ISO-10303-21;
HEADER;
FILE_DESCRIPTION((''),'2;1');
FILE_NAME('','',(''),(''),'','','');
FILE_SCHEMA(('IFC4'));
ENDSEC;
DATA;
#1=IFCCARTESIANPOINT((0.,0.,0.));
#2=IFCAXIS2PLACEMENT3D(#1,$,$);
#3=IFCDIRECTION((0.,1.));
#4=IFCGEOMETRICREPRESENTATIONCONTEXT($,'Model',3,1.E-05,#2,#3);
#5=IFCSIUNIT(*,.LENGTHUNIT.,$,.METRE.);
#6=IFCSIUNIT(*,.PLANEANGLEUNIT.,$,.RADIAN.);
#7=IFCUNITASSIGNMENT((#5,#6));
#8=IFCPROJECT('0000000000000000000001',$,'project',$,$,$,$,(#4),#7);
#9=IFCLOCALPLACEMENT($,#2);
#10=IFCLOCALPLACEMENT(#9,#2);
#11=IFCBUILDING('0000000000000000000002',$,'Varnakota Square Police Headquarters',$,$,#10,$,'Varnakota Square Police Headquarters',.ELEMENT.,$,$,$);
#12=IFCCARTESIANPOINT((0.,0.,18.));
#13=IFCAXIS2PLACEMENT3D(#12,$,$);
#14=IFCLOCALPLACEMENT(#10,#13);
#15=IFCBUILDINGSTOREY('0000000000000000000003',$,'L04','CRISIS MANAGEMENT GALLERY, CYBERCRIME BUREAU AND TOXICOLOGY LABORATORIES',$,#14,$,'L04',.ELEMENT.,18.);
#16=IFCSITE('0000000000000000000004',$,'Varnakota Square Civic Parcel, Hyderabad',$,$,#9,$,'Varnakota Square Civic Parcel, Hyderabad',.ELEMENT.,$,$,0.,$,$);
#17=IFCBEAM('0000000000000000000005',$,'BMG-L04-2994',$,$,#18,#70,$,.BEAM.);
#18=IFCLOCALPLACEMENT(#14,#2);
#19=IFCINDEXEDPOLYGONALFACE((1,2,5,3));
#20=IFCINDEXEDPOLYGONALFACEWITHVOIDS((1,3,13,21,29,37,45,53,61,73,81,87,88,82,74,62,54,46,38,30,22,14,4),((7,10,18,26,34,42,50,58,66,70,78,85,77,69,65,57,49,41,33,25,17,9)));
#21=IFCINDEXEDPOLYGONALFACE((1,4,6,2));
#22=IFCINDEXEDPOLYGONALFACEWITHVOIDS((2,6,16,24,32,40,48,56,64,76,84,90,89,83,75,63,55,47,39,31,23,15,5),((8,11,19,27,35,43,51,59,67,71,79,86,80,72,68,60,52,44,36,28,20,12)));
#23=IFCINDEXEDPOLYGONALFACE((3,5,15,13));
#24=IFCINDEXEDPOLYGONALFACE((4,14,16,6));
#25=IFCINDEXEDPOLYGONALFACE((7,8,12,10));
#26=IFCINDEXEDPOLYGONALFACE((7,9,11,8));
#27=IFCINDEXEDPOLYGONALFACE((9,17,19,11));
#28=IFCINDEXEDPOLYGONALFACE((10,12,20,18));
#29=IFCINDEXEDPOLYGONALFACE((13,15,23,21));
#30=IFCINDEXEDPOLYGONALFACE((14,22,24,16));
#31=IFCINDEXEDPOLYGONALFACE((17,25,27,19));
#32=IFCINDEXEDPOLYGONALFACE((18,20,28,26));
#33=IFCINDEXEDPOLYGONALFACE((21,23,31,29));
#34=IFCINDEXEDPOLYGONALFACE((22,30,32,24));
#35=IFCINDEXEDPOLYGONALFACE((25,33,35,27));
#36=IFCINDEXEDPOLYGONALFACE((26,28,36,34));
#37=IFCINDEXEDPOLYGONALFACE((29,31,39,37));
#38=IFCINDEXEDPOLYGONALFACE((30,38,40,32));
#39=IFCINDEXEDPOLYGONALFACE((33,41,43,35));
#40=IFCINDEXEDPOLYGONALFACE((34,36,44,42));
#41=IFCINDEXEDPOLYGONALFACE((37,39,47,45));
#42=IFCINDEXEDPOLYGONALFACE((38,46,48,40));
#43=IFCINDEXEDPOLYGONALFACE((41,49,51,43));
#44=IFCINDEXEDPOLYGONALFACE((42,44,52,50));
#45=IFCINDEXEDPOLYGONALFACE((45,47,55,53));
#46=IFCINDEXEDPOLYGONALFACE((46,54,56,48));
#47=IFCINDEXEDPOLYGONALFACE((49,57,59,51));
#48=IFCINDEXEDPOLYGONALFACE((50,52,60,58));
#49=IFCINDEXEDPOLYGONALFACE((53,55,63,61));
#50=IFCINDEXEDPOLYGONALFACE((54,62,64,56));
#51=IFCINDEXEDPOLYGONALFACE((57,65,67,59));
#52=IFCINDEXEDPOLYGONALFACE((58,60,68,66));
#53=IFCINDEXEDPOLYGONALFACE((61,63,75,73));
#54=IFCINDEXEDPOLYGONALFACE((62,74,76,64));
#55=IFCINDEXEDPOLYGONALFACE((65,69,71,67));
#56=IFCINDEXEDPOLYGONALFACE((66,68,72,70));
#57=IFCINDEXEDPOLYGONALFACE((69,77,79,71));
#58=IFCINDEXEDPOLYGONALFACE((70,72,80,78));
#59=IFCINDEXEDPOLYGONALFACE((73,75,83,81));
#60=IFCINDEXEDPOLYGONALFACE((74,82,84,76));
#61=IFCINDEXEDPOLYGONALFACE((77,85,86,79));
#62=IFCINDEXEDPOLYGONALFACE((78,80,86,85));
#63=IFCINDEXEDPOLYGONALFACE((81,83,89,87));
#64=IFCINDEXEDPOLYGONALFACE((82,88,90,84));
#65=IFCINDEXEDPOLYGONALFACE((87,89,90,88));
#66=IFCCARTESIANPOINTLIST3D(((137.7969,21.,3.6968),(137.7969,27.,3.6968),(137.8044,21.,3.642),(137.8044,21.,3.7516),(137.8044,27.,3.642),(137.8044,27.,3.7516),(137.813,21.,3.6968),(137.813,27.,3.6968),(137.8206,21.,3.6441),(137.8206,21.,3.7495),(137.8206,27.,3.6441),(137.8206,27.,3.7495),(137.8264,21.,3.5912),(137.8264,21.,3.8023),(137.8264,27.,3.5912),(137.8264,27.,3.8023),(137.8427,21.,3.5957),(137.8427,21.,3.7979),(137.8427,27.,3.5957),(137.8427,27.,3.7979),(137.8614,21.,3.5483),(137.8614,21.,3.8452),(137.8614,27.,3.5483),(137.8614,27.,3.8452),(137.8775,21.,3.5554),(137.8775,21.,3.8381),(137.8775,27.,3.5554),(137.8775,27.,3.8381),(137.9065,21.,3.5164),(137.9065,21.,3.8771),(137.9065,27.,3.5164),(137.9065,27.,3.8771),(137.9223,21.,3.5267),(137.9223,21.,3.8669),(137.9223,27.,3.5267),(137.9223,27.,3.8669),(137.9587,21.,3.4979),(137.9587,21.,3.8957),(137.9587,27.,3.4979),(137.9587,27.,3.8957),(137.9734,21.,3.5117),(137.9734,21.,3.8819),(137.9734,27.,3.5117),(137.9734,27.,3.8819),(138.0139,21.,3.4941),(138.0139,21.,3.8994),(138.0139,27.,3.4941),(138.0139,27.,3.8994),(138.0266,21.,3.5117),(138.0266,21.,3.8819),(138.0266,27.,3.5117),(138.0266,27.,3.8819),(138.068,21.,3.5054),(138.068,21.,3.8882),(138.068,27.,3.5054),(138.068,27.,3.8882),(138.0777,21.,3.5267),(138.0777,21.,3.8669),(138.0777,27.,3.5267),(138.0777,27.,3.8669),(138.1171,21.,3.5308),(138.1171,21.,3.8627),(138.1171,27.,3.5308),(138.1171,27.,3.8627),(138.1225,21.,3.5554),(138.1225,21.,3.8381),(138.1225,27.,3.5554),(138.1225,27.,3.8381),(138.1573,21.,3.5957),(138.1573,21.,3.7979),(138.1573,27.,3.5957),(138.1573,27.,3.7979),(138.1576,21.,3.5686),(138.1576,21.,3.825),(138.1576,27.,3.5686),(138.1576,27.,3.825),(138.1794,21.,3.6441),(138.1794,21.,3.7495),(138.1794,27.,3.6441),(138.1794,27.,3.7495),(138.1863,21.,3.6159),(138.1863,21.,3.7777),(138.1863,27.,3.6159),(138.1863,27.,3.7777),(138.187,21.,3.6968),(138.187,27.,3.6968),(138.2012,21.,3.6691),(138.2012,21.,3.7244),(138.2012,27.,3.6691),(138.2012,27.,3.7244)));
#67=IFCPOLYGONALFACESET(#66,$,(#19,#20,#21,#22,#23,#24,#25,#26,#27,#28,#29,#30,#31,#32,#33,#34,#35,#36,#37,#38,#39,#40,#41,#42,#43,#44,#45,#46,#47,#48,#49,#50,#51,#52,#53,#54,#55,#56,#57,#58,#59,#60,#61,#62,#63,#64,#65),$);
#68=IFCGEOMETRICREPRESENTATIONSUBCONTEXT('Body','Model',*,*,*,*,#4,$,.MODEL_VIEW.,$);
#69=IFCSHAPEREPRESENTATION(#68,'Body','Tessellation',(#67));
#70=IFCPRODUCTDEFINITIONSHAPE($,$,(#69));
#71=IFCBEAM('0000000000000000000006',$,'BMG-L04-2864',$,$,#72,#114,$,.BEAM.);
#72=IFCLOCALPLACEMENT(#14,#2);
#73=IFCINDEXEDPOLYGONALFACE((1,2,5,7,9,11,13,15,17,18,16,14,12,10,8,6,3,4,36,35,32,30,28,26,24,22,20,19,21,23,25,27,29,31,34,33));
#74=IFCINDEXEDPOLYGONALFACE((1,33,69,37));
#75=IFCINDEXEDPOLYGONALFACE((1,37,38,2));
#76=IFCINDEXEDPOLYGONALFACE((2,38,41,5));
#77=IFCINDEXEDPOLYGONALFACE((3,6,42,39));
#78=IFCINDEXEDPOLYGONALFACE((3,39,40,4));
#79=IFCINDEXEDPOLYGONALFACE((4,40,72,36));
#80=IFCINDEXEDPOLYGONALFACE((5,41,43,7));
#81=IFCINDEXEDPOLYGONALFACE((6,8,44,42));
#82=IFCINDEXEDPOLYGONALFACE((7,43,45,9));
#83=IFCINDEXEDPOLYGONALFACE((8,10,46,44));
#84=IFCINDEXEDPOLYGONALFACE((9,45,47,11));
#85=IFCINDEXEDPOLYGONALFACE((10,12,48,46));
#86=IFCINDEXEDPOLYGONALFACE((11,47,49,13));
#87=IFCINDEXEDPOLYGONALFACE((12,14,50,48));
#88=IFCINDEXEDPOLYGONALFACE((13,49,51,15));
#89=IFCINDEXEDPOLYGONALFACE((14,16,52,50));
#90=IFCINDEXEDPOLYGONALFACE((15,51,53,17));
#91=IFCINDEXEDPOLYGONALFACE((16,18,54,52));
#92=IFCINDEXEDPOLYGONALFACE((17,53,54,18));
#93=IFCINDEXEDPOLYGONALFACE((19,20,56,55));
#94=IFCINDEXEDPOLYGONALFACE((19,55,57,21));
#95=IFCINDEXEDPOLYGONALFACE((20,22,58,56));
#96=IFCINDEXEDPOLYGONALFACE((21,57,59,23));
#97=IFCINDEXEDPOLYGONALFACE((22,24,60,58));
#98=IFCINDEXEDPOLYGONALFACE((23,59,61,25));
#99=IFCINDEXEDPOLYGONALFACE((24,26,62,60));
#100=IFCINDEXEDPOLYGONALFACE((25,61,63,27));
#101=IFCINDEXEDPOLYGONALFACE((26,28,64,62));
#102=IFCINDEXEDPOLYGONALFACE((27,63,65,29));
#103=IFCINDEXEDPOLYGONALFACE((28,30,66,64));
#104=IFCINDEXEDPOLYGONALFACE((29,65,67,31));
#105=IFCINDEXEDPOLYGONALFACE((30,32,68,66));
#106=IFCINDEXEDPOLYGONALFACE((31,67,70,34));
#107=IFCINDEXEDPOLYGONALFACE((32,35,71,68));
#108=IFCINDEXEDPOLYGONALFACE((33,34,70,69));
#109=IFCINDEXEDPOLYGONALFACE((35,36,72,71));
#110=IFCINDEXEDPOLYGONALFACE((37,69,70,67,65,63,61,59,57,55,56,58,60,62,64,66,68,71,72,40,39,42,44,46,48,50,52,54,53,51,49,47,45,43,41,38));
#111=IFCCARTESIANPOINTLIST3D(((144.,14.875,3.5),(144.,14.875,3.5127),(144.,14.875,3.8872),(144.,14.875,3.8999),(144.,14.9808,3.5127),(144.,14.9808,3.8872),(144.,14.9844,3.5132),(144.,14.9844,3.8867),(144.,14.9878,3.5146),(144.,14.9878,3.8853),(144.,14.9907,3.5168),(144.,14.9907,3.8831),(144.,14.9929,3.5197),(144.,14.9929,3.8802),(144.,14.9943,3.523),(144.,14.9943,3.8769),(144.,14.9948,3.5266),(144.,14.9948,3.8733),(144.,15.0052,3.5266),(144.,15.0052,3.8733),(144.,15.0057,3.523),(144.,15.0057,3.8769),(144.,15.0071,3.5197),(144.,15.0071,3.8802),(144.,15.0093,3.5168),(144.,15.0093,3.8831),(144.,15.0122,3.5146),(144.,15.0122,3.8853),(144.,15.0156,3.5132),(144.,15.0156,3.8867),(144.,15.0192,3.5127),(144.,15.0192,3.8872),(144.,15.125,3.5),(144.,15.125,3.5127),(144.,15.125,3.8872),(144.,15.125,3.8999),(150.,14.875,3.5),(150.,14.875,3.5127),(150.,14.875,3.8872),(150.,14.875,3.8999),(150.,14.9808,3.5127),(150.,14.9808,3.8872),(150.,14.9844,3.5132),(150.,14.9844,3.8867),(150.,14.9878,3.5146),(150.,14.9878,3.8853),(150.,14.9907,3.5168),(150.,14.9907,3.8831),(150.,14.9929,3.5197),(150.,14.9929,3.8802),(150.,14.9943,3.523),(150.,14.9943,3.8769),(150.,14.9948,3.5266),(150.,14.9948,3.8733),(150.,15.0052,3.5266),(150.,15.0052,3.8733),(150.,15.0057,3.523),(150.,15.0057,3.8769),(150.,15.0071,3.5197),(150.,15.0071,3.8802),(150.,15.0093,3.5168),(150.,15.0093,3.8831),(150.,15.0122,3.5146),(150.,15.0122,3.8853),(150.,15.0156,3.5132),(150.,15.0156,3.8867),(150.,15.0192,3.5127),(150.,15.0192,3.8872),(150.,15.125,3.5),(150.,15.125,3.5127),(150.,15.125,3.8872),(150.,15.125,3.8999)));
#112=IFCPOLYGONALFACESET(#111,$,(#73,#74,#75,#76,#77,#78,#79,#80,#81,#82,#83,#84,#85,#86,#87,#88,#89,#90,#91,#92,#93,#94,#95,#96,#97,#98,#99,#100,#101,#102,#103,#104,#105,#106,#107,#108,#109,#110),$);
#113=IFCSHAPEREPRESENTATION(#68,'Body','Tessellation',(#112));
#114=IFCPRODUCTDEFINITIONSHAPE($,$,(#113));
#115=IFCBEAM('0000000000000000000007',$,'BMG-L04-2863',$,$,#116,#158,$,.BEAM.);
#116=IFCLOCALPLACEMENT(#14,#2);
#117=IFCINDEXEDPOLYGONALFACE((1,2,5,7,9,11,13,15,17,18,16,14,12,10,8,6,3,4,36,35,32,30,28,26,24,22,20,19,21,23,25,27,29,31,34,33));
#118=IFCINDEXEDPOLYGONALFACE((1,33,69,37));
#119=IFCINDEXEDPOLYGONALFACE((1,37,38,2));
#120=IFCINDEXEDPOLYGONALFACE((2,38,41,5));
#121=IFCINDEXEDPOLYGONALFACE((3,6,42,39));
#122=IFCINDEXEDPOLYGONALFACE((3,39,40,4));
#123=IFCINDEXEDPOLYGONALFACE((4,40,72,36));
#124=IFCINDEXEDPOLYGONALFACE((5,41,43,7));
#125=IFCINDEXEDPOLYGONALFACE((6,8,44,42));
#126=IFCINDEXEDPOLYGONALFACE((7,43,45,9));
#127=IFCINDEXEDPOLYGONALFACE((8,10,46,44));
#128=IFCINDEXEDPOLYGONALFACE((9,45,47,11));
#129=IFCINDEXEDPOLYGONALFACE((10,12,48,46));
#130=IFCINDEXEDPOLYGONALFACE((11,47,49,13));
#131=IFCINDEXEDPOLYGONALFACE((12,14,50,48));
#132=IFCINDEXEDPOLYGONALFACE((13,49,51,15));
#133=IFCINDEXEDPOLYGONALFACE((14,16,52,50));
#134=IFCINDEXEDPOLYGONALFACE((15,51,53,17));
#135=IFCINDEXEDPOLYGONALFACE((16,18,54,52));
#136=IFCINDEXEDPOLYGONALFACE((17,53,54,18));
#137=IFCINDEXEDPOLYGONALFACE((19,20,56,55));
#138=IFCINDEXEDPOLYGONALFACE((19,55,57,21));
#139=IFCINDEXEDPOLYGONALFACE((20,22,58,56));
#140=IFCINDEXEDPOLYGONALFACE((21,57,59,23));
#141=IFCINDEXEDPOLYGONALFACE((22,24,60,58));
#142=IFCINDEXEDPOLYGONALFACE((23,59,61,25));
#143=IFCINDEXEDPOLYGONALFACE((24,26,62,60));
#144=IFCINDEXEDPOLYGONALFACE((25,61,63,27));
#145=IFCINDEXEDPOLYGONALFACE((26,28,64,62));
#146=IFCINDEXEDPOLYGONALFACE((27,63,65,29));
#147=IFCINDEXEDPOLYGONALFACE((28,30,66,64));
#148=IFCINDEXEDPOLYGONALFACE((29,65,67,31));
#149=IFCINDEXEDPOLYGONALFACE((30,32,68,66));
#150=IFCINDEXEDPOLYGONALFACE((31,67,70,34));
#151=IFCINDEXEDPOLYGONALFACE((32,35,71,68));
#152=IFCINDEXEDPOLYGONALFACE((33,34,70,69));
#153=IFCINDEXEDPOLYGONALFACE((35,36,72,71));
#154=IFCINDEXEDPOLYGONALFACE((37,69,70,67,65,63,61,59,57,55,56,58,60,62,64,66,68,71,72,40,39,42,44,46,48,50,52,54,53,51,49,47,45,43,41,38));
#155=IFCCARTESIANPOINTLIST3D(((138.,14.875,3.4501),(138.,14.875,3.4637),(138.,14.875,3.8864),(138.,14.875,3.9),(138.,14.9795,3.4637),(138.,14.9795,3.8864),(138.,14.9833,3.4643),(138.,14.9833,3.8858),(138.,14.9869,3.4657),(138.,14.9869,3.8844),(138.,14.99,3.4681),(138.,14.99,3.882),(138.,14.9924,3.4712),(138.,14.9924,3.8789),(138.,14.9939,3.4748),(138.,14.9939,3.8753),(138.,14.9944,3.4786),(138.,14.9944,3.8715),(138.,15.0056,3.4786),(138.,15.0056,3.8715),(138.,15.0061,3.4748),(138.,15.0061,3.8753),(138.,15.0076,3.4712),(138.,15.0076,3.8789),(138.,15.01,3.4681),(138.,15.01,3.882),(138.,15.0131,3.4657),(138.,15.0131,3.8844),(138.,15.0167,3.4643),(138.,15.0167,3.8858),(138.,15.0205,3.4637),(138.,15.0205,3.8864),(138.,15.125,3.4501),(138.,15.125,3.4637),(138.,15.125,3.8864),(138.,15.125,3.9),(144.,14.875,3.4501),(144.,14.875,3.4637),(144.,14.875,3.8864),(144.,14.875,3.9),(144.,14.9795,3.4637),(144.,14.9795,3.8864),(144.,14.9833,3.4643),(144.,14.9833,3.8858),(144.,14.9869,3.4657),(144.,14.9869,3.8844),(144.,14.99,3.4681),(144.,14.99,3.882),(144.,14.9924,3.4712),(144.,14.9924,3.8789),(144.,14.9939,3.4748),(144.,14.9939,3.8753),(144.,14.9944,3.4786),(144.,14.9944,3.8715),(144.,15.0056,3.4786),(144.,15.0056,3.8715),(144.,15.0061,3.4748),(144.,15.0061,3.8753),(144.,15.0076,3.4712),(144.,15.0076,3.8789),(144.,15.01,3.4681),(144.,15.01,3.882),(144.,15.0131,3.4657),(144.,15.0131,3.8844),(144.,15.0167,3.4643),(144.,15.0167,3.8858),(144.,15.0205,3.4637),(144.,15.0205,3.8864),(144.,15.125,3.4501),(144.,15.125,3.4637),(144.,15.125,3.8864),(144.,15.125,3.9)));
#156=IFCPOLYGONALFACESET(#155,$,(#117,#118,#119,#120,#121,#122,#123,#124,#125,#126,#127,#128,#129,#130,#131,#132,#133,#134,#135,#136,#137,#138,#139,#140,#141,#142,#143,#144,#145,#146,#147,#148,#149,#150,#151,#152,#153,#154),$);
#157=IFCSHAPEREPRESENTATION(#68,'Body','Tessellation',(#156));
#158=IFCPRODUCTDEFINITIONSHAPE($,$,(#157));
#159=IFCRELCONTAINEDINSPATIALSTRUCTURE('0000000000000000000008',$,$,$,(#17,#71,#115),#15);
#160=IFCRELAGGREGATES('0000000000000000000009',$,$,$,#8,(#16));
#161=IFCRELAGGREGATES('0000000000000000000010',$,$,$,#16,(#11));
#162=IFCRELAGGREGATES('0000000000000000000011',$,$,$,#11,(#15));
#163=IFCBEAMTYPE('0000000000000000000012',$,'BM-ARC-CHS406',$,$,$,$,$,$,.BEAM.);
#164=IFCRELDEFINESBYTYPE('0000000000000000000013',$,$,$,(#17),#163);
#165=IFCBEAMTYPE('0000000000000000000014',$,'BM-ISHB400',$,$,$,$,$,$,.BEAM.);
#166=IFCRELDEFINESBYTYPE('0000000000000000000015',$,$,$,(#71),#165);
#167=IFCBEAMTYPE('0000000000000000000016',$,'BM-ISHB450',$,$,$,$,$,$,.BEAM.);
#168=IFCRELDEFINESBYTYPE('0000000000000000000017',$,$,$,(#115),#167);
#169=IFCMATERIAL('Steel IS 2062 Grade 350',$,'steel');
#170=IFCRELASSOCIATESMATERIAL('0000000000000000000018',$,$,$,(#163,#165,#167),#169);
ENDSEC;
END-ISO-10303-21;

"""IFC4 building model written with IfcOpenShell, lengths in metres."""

from ifc_helpers import new_model, si_unit, direction, frame, origin, origin_2d, place, context, subcontext, project, spatial, hollow_circle, i_section, extrude, material, material_profile, profile_set, type_object, element, save


model = new_model("IFC4")

# Units and contexts
model_context = context("Model", 3, precision=1e-05, world=origin(), true_north=direction((0.0, 1.0)))
body_context = subcontext(model_context, "Body", "Model", "MODEL_VIEW")
ifc_project = project(units=[si_unit("LENGTHUNIT", "METRE"), si_unit("PLANEANGLEUNIT", "RADIAN")], contexts=[model_context])

# Site, building, storey
site_placement = place(None, origin())
site = spatial("IfcSite", under=ifc_project, at=site_placement, Name="Varnakota Square Civic Parcel, Hyderabad", LongName="Varnakota Square Civic Parcel, Hyderabad", CompositionType="ELEMENT", RefElevation=0.0)
building_placement = place(site_placement, origin())
building = spatial("IfcBuilding", under=site, at=building_placement, Name="Varnakota Square Police Headquarters", LongName="Varnakota Square Police Headquarters", CompositionType="ELEMENT")
storey_placement = place(building_placement, frame((0.0, 0.0, 18.0)))
storey = spatial("IfcBuildingStorey", under=building, at=storey_placement, Name="L04", Description="CRISIS MANAGEMENT GALLERY, CYBERCRIME BUREAU AND TOXICOLOGY LABORATORIES", LongName="L04", CompositionType="ELEMENT", Elevation=18.0)

# Shared definitions
ifc_material_1 = material(Name="Steel IS 2062 Grade 350", Category="steel")

# Beams
ifc_material_profile_1 = material_profile(ifc_material_1, hollow_circle(Radius=0.2031, WallThickness=0.0161, at=origin_2d()), Name="CHS 406.4x16.0")
ifc_profile_set_1 = profile_set([ifc_material_profile_1], Name="Steel IS 2062 Grade 350")
beam_type_1 = type_object("IfcBeamType", Name="BM-ARC-CHS406", PredefinedType="BEAM", material=ifc_profile_set_1)
beam_1_placement = place(storey_placement, frame((138.0, 21.0, 3.6968), z_axis=(0.0, 1.0, 0.0), x_axis=(-1.0, 0.0, 0.0)))
element("IfcBeam", 1, at=beam_1_placement, inside=storey, type_object=beam_type_1, Name="BMG-L04-2994", PredefinedType="BEAM", context=body_context, shape_type="SweptSolid", body=[
    extrude(hollow_circle(Radius=0.2031, WallThickness=0.0161, at=origin_2d()), origin(), (0.0, 0.0, 1.0), 6.0),
])
ifc_material_profile_2 = material_profile(ifc_material_1, i_section(OverallWidth=0.25, OverallDepth=0.3999, WebThickness=0.0105, FlangeThickness=0.0127, FilletRadius=0.0139, at=origin_2d()), Name="ISHB 400")
ifc_profile_set_2 = profile_set([ifc_material_profile_2], Name="Steel IS 2062 Grade 350")
beam_type_2 = type_object("IfcBeamType", Name="BM-ISHB400", PredefinedType="BEAM", material=ifc_profile_set_2)
beam_2_placement = place(storey_placement, frame((144.0, 15.0, 3.7), z_axis=(1.0, 0.0, 0.0), x_axis=(0.0, 1.0, 0.0)))
element("IfcBeam", 2, at=beam_2_placement, inside=storey, type_object=beam_type_2, Name="BMG-L04-2864", PredefinedType="BEAM", context=body_context, shape_type="SweptSolid", body=[
    extrude(i_section(OverallWidth=0.25, OverallDepth=0.3999, WebThickness=0.0105, FlangeThickness=0.0127, FilletRadius=0.0139, at=origin_2d()), origin(), (0.0, 0.0, 1.0), 6.0),
])
ifc_material_profile_3 = material_profile(ifc_material_1, i_section(OverallWidth=0.25, OverallDepth=0.45, WebThickness=0.0112, FlangeThickness=0.0137, FilletRadius=0.0149, at=origin_2d()), Name="ISHB 450")
ifc_profile_set_3 = profile_set([ifc_material_profile_3], Name="Steel IS 2062 Grade 350")
beam_type_3 = type_object("IfcBeamType", Name="BM-ISHB450", PredefinedType="BEAM", material=ifc_profile_set_3)
for number, where, z_axis, x_axis, name in (
    (3, (138.0, 15.0, 3.675), (1.0, 0.0, 0.0), (0.0, 1.0, 0.0), "BMG-L04-2863"),
):
    element("IfcBeam", number, at=place(storey_placement, frame(where, z_axis=z_axis, x_axis=x_axis)), inside=storey, type_object=beam_type_3, Name=name, PredefinedType="BEAM", context=body_context, shape_type="SweptSolid", body=[
        extrude(i_section(OverallWidth=0.25, OverallDepth=0.45, WebThickness=0.0112, FlangeThickness=0.0137, FilletRadius=0.0149, at=origin_2d()), origin(), (0.0, 0.0, 1.0), 6.0),
    ])

save(model, "model.ifc")
